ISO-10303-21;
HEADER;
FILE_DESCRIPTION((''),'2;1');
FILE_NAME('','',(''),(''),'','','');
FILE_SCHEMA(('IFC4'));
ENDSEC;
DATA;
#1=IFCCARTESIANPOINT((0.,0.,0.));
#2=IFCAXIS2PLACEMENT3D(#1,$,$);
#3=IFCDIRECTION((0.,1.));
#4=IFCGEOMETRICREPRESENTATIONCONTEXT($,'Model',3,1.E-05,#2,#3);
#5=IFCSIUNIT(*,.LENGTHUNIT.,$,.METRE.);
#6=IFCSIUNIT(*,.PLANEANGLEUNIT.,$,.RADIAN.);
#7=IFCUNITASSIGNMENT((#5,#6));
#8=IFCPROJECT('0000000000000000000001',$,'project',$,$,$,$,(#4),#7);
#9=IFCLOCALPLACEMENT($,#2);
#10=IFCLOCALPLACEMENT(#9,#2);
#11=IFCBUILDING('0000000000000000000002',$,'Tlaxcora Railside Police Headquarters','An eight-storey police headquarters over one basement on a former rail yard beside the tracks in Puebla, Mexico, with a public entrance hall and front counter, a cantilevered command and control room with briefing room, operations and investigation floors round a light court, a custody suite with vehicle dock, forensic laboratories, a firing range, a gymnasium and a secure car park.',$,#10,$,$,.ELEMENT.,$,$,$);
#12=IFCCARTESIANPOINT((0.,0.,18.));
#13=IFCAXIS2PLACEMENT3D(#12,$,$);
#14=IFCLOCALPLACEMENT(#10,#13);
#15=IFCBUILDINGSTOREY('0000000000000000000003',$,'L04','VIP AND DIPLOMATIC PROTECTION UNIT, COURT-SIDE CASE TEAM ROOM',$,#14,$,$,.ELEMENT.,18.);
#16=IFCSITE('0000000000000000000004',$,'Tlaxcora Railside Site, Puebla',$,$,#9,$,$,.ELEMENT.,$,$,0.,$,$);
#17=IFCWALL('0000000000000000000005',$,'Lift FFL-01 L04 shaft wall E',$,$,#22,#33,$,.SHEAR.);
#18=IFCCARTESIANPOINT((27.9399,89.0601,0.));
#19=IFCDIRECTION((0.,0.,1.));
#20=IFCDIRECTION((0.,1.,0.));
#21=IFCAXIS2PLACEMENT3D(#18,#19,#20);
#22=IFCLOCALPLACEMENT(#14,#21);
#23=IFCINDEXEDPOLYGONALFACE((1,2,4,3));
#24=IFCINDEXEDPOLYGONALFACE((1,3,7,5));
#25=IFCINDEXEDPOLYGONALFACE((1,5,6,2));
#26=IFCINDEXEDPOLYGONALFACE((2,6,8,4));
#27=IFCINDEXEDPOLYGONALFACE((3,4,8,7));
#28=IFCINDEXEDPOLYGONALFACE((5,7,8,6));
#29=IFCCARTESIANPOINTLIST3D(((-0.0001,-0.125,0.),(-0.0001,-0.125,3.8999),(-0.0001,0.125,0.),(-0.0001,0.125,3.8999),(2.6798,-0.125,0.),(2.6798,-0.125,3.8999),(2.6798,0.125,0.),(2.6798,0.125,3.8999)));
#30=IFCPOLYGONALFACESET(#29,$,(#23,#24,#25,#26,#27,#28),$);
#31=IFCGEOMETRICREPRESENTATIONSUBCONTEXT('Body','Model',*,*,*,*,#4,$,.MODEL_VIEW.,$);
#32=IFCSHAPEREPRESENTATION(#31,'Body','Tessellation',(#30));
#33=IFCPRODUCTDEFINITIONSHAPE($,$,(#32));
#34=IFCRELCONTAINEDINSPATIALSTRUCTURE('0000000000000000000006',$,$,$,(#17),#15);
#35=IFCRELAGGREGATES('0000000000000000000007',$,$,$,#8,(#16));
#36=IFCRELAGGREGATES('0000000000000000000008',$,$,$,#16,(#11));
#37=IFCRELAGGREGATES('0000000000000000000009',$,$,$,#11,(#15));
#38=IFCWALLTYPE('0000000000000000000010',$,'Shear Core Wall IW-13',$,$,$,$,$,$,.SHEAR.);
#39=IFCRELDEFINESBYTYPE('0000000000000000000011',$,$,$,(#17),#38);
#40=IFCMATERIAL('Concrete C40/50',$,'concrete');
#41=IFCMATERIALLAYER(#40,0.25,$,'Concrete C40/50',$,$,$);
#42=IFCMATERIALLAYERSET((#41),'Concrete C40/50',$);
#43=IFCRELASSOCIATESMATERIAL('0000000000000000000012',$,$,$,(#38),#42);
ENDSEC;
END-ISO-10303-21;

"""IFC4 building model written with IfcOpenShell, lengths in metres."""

from ifc_helpers import new_model, si_unit, direction, frame, frame_2d, origin, place, context, subcontext, project, spatial, rectangle, extrude, material, layer, layer_set, type_object, element, save


model = new_model("IFC4")

# Units and contexts
model_context = context("Model", 3, precision=1e-05, world=origin(), true_north=direction((0.0, 1.0)))
body_context = subcontext(model_context, "Body", "Model", "MODEL_VIEW")
ifc_project = project(units=[si_unit("LENGTHUNIT", "METRE"), si_unit("PLANEANGLEUNIT", "RADIAN")], contexts=[model_context])

# Site, building, storey
site_placement = place(None, origin())
site = spatial("IfcSite", under=ifc_project, at=site_placement, Name="Tlaxcora Railside Site, Puebla", CompositionType="ELEMENT", RefElevation=0.0)
building_placement = place(site_placement, origin())
building = spatial("IfcBuilding", under=site, at=building_placement, Name="Tlaxcora Railside Police Headquarters", Description="An eight-storey police headquarters over one basement on a former rail yard beside the tracks in Puebla, Mexico, with a public entrance hall and front counter, a cantilevered command and control room with briefing room, operations and investigation floors round a light court, a custody suite with vehicle dock, forensic laboratories, a firing range, a gymnasium and a secure car park.", CompositionType="ELEMENT")
storey_placement = place(building_placement, frame((0.0, 0.0, 18.0)))
storey = spatial("IfcBuildingStorey", under=building, at=storey_placement, Name="L04", Description="VIP AND DIPLOMATIC PROTECTION UNIT, COURT-SIDE CASE TEAM ROOM", CompositionType="ELEMENT", Elevation=18.0)

# Shared definitions
ifc_material_1 = material(Name="Concrete C40/50", Category="concrete")

# Shared definitions
ifc_layer_1 = layer(ifc_material_1, 0.25, Name="Concrete C40/50")
ifc_layer_set_1 = layer_set([ifc_layer_1], Name="Concrete C40/50")
wall_type_1 = type_object("IfcWallType", Name="Shear Core Wall IW-13", PredefinedType="SHEAR", material=ifc_layer_set_1)

# Wall
wall_1_placement = place(storey_placement, frame((27.9399, 89.0601, 0.0), z_axis=(0.0, 0.0, 1.0), x_axis=(0.0, 1.0, 0.0)))
element("IfcWall", 1, at=wall_1_placement, inside=storey, type_object=wall_type_1, Name="Lift FFL-01 L04 shaft wall E", PredefinedType="SHEAR", context=body_context, shape_type="SweptSolid", body=[
    extrude(rectangle(XDim=2.6799, YDim=0.25, at=frame_2d((1.3398, 0.0))), origin(), (0.0, 0.0, 1.0), 3.8999),
])

save(model, "model.ifc")
